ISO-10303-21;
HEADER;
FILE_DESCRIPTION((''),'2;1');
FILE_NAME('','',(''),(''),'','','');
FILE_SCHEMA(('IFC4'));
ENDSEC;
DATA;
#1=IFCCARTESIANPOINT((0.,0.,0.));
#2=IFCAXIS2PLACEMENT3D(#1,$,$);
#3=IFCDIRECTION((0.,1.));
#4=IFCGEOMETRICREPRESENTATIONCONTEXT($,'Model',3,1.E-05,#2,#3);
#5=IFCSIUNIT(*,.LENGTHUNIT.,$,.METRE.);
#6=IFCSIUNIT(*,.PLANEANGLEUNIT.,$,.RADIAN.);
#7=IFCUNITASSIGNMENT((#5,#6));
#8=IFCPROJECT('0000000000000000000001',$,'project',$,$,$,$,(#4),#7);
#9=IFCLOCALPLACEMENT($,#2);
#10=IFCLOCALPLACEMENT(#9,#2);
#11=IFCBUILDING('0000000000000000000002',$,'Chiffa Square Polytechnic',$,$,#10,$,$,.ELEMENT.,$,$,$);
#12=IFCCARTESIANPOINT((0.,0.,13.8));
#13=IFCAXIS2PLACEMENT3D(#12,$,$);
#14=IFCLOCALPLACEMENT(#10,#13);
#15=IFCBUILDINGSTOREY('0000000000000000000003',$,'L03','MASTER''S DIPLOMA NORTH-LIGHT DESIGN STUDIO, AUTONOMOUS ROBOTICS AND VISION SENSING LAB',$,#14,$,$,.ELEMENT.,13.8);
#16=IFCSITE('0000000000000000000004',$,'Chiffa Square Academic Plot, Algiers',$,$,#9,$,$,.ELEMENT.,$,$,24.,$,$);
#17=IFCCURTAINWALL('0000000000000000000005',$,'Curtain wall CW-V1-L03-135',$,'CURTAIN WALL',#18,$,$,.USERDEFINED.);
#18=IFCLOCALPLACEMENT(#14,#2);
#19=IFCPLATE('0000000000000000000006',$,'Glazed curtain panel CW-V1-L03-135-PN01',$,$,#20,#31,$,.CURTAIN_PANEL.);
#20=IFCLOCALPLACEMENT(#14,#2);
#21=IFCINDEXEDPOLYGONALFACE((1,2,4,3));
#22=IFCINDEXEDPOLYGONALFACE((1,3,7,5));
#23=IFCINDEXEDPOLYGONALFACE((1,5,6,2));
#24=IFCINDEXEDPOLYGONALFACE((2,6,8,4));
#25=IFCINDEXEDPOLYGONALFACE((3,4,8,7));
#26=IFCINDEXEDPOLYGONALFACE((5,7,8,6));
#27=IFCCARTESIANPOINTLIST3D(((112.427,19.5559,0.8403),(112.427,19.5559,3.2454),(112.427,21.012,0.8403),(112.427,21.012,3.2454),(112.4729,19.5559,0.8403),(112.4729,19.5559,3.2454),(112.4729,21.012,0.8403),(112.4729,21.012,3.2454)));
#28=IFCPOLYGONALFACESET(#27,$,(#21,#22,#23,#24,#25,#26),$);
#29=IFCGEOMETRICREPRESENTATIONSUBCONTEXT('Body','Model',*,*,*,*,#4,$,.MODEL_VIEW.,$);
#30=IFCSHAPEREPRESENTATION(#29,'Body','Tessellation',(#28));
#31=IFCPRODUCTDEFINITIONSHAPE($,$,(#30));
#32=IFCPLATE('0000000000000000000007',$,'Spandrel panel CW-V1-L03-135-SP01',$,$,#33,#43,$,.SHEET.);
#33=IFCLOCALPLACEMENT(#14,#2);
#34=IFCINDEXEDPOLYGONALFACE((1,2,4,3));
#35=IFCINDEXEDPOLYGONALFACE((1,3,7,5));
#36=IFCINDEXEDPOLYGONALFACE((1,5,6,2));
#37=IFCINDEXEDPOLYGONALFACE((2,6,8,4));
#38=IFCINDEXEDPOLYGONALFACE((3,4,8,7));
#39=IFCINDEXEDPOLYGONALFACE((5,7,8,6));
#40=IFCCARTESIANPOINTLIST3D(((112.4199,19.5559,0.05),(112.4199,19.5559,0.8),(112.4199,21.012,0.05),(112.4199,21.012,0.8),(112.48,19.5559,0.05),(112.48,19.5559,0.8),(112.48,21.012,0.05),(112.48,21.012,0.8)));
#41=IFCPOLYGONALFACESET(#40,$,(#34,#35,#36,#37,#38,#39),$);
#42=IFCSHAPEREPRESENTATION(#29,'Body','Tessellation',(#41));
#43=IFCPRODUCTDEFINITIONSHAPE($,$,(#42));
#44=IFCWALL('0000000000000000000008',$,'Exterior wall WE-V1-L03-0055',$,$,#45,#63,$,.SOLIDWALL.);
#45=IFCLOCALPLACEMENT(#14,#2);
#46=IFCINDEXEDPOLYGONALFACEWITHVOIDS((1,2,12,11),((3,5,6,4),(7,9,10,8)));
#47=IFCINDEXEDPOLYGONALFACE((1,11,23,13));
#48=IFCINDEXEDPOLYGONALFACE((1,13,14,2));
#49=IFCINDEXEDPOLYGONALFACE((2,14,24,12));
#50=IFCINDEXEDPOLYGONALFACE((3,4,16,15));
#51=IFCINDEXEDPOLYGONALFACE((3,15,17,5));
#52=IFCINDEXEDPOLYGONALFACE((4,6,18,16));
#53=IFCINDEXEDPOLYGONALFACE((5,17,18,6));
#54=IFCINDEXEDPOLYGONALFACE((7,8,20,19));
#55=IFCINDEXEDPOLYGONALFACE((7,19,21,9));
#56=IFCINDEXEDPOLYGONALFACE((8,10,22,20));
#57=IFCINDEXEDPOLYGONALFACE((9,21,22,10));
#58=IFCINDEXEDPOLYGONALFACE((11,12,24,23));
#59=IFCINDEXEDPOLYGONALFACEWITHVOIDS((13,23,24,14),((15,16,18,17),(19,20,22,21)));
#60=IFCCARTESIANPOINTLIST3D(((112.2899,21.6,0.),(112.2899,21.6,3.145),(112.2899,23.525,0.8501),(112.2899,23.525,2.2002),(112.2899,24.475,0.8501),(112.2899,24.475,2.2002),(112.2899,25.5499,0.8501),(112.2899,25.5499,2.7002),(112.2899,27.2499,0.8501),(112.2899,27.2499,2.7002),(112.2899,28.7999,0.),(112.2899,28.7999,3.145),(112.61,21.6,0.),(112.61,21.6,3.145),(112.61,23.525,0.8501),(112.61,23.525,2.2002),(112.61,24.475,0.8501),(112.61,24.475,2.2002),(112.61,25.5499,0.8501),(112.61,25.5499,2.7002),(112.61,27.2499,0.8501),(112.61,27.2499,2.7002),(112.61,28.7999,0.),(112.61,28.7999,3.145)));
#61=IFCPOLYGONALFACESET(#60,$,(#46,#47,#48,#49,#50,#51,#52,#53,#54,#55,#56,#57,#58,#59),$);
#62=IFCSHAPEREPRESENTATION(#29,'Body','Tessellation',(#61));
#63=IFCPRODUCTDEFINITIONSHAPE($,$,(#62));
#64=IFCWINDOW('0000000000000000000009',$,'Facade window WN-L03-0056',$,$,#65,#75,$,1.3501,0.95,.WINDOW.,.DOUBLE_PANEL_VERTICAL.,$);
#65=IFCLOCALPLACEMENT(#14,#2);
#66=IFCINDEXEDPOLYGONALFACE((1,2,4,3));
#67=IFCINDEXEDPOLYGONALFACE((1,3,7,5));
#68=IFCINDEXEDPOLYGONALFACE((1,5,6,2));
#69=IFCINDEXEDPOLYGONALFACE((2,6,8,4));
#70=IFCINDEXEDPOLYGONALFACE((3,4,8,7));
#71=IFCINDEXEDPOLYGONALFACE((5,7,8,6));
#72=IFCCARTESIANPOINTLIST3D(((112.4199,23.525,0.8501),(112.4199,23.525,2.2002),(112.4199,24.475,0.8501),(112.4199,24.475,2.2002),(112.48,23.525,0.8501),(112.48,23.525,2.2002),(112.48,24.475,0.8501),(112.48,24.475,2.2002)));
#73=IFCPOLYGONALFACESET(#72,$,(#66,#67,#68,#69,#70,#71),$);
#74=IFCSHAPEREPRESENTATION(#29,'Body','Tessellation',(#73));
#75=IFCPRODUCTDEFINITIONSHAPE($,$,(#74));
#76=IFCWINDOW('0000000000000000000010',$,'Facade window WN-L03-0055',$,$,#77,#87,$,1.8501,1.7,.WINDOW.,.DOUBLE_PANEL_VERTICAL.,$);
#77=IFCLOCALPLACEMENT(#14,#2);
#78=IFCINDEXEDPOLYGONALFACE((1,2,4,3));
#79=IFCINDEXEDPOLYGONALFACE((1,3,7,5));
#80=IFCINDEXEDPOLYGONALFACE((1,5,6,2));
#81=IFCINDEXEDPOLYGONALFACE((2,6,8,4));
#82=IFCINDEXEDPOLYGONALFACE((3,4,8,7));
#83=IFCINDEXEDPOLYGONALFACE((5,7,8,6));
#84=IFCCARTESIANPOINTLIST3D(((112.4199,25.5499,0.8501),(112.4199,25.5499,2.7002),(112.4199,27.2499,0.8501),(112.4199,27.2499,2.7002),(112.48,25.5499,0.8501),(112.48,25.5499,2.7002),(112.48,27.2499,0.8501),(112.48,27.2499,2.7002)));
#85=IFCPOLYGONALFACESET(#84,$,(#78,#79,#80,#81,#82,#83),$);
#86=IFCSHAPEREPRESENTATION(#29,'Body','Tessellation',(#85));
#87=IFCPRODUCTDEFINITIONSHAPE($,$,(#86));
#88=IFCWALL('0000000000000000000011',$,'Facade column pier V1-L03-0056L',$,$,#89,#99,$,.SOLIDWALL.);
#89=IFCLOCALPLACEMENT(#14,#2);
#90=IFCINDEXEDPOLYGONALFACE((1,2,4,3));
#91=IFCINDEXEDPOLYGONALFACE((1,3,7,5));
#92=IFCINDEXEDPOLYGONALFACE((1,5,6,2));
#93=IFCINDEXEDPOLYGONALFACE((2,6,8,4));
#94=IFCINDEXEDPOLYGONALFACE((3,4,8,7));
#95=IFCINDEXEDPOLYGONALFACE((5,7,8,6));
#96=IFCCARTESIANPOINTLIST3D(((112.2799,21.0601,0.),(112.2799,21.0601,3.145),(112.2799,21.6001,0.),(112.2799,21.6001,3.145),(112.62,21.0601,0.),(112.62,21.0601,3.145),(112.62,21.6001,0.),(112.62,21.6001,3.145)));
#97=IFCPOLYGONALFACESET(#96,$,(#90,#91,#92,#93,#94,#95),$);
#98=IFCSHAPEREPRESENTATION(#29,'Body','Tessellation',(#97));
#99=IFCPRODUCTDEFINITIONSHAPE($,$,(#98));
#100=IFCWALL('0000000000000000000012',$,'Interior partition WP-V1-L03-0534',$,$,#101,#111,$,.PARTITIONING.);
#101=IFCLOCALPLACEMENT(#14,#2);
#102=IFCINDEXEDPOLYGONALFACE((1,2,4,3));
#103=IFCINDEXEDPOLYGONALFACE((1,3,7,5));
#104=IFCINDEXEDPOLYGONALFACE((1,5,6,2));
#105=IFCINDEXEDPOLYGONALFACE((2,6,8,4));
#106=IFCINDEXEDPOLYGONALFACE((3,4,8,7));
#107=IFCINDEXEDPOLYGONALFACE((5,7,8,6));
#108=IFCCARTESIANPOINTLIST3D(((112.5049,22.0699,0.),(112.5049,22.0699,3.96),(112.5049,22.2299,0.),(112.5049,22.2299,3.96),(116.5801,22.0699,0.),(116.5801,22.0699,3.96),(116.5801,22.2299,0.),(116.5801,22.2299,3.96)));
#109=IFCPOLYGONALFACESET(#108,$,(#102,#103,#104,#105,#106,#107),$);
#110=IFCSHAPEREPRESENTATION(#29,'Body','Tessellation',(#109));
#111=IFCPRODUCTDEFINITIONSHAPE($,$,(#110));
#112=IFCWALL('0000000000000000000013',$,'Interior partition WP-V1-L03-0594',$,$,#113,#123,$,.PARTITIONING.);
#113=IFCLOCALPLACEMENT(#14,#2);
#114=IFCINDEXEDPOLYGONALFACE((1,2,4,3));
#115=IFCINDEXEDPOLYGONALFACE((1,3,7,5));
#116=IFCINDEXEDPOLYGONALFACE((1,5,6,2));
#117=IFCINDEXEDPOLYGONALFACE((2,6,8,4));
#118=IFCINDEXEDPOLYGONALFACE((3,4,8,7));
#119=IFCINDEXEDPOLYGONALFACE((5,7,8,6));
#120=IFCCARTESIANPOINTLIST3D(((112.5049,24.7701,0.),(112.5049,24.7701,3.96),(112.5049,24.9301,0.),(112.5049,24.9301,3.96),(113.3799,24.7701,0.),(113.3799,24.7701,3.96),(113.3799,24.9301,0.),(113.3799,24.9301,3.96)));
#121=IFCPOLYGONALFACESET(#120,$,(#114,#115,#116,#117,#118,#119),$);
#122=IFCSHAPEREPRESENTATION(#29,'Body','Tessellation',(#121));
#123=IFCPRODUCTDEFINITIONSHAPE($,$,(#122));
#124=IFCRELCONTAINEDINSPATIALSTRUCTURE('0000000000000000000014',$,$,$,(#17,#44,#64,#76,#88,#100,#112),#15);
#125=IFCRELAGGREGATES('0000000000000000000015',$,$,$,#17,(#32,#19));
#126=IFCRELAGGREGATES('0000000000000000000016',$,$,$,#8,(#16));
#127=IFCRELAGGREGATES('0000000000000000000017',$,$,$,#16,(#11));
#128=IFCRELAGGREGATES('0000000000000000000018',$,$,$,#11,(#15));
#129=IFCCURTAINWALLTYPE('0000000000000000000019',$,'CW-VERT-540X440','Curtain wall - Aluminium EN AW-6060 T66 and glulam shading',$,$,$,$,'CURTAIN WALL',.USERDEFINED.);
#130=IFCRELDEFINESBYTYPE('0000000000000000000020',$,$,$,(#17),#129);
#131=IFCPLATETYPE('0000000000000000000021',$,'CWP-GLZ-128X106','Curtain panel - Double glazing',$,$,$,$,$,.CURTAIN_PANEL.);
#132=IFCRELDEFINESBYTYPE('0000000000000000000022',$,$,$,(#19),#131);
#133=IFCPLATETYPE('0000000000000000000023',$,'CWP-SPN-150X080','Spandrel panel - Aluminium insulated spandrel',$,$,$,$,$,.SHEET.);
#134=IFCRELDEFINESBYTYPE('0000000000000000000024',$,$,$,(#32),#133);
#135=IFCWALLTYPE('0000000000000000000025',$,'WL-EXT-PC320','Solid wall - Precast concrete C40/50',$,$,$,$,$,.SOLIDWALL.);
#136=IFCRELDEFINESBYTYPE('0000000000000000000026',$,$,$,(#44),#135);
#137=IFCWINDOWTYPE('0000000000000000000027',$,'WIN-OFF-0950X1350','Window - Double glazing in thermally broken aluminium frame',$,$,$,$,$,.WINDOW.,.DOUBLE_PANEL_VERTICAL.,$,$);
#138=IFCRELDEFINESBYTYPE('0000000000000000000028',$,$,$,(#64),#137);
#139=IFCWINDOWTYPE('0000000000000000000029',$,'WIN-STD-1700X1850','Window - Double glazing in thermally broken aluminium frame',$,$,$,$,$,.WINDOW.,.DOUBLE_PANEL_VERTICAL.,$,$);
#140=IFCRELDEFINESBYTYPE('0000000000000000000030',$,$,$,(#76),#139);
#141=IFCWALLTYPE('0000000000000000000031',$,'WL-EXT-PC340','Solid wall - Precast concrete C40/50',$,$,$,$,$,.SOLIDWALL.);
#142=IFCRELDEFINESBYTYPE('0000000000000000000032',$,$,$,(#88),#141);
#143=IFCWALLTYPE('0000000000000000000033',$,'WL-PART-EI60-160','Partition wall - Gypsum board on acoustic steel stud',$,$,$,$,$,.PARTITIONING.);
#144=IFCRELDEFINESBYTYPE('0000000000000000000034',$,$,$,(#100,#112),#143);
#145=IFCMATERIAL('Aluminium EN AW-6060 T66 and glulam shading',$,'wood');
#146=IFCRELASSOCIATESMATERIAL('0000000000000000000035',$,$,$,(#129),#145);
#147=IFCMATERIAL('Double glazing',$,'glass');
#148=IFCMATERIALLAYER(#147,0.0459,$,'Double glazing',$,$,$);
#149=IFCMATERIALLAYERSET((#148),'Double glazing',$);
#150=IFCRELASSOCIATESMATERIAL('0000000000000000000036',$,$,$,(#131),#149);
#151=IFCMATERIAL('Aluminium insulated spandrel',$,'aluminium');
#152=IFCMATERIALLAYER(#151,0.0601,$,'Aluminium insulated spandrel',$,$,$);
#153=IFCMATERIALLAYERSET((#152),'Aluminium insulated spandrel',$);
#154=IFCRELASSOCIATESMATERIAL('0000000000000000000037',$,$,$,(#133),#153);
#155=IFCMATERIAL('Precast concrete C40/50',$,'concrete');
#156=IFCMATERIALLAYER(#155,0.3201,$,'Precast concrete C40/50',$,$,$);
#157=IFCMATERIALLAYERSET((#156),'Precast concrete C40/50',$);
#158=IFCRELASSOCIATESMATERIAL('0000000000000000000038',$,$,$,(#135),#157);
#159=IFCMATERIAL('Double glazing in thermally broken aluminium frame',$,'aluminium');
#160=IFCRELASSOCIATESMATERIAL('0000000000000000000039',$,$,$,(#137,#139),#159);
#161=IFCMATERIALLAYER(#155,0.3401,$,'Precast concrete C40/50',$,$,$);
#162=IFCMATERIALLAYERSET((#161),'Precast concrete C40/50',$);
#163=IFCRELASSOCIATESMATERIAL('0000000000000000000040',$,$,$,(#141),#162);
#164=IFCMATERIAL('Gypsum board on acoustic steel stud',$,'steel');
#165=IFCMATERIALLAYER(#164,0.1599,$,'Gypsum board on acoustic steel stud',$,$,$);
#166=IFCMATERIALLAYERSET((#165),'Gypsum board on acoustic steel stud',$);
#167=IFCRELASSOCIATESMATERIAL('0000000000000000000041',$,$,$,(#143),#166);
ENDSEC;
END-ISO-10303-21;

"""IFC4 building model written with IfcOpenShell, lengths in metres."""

from ifc_helpers import new_model, si_unit, direction, frame, frame_2d, origin, origin_2d, place, context, subcontext, project, spatial, rectangle, extrude, material, layer, layer_set, type_object, element, fill, aggregate, save


model = new_model("IFC4")

# Units and contexts
model_context = context("Model", 3, precision=1e-05, world=origin(), true_north=direction((0.0, 1.0)))
body_context = subcontext(model_context, "Body", "Model", "MODEL_VIEW")
ifc_project = project(units=[si_unit("LENGTHUNIT", "METRE"), si_unit("PLANEANGLEUNIT", "RADIAN")], contexts=[model_context])

# Site, building, storey
site_placement = place(None, origin())
site = spatial("IfcSite", under=ifc_project, at=site_placement, Name="Chiffa Square Academic Plot, Algiers", CompositionType="ELEMENT", RefElevation=24.0)
building_placement = place(site_placement, origin())
building = spatial("IfcBuilding", under=site, at=building_placement, Name="Chiffa Square Polytechnic", CompositionType="ELEMENT")
storey_placement = place(building_placement, frame((0.0, 0.0, 13.8)))
storey = spatial("IfcBuildingStorey", under=building, at=storey_placement, Name="L03", Description="MASTER'S DIPLOMA NORTH-LIGHT DESIGN STUDIO, AUTONOMOUS ROBOTICS AND VISION SENSING LAB", CompositionType="ELEMENT", Elevation=13.8)

# Curtain wall, plates
ifc_material_1 = material(Name="Aluminium EN AW-6060 T66 and glulam shading", Category="wood")
curtain_wall_type = type_object("IfcCurtainWallType", Name="CW-VERT-540X440", Description="Curtain wall - Aluminium EN AW-6060 T66 and glulam shading", ElementType="CURTAIN WALL", PredefinedType="USERDEFINED", material=ifc_material_1)
curtain_wall_placement = place(storey_placement, origin())
curtain_wall = element("IfcCurtainWall", 1, at=curtain_wall_placement, inside=storey, type_object=curtain_wall_type, Name="Curtain wall CW-V1-L03-135", ObjectType="CURTAIN WALL", PredefinedType="USERDEFINED")
ifc_material_2 = material(Name="Double glazing", Category="glass")
ifc_layer_1 = layer(ifc_material_2, 0.0459, Name="Double glazing")
ifc_layer_set_1 = layer_set([ifc_layer_1], Name="Double glazing")
plate_type_1 = type_object("IfcPlateType", Name="CWP-GLZ-128X106", Description="Curtain panel - Double glazing", PredefinedType="CURTAIN_PANEL", material=ifc_layer_set_1)
plate_1_placement = place(storey_placement, frame((112.45, 20.2839, 0.8403), z_axis=(0.0, 0.0, 1.0), x_axis=(0.0, -1.0, 0.0)))
plate_1 = element("IfcPlate", 2, at=plate_1_placement, type_object=plate_type_1, Name="Glazed curtain panel CW-V1-L03-135-PN01", PredefinedType="CURTAIN_PANEL", context=body_context, shape_type="SweptSolid", body=[
    extrude(rectangle(XDim=1.4561, YDim=0.0459, at=origin_2d()), origin(), (0.0, 0.0, 1.0), 2.405),
])
ifc_material_3 = material(Name="Aluminium insulated spandrel", Category="aluminium")
ifc_layer_2 = layer(ifc_material_3, 0.0601, Name="Aluminium insulated spandrel")
ifc_layer_set_2 = layer_set([ifc_layer_2], Name="Aluminium insulated spandrel")
plate_type_2 = type_object("IfcPlateType", Name="CWP-SPN-150X080", Description="Spandrel panel - Aluminium insulated spandrel", PredefinedType="SHEET", material=ifc_layer_set_2)
plate_2_placement = place(storey_placement, frame((112.45, 20.2839, 0.05), z_axis=(0.0, 0.0, 1.0), x_axis=(0.0, -1.0, 0.0)))
plate_2 = element("IfcPlate", 3, at=plate_2_placement, type_object=plate_type_2, Name="Spandrel panel CW-V1-L03-135-SP01", PredefinedType="SHEET", context=body_context, shape_type="SweptSolid", body=[
    extrude(rectangle(XDim=1.4561, YDim=0.0601, at=origin_2d()), origin(), (0.0, 0.0, 1.0), 0.75),
])
aggregate(curtain_wall, [plate_2, plate_1])

# Wall, openings, windows
ifc_material_4 = material(Name="Precast concrete C40/50", Category="concrete")
ifc_layer_3 = layer(ifc_material_4, 0.3201, Name="Precast concrete C40/50")
ifc_layer_set_3 = layer_set([ifc_layer_3], Name="Precast concrete C40/50")
wall_type_1 = type_object("IfcWallType", Name="WL-EXT-PC320", Description="Solid wall - Precast concrete C40/50", PredefinedType="SOLIDWALL", material=ifc_layer_set_3)
wall_1_placement = place(storey_placement, frame((112.45, 28.8, 0.0), z_axis=(0.0, 0.0, 1.0), x_axis=(0.0, -1.0, 0.0)))
wall_1 = element("IfcWall", 4, at=wall_1_placement, inside=storey, type_object=wall_type_1, Name="Exterior wall WE-V1-L03-0055", PredefinedType="SOLIDWALL", context=body_context, shape_type="SweptSolid", body=[
    extrude(rectangle(XDim=7.2, YDim=0.3201, at=frame_2d((3.6001, 0.0))), origin(), (0.0, 0.0, 1.0), 3.145),
])
opening_1_placement = place(wall_1_placement, frame((1.55, 0.0, 0.8501)))
opening_1 = element("IfcOpeningElement", 5, at=opening_1_placement, cuts=wall_1, PredefinedType="OPENING", context=body_context, shape_type="SweptSolid", body=[
    extrude(rectangle(XDim=1.7, YDim=1.8501, at=frame_2d((0.8501, 0.925))), frame((0.0, 0.1699, 0.0), z_axis=(0.0, -1.0, 0.0), x_axis=(1.0, 0.0, 0.0)), (0.0, 0.0, 1.0), 0.3401),
])
opening_2_placement = place(wall_1_placement, frame((4.325, 0.0, 0.8501)))
opening_2 = element("IfcOpeningElement", 6, at=opening_2_placement, cuts=wall_1, PredefinedType="OPENING", context=body_context, shape_type="SweptSolid", body=[
    extrude(rectangle(XDim=0.95, YDim=1.3501, at=frame_2d((0.4751, 0.675))), frame((0.0, 0.1699, 0.0), z_axis=(0.0, -1.0, 0.0), x_axis=(1.0, 0.0, 0.0)), (0.0, 0.0, 1.0), 0.3401),
])
ifc_material_5 = material(Name="Double glazing in thermally broken aluminium frame", Category="aluminium")
window_type_1 = type_object("IfcWindowType", Name="WIN-OFF-0950X1350", Description="Window - Double glazing in thermally broken aluminium frame", PartitioningType="DOUBLE_PANEL_VERTICAL", PredefinedType="WINDOW", material=ifc_material_5)
window_1_placement = place(opening_2_placement, origin())
window_1 = element("IfcWindow", 7, at=window_1_placement, inside=storey, type_object=window_type_1, Name="Facade window WN-L03-0056", OverallHeight=1.3501, OverallWidth=0.95, PartitioningType="DOUBLE_PANEL_VERTICAL", PredefinedType="WINDOW", context=body_context, shape_type="SweptSolid", body=[
    extrude(rectangle(XDim=0.95, YDim=1.3501, at=frame_2d((0.4751, 0.675))), frame((0.0, 0.03, 0.0), z_axis=(0.0, -1.0, 0.0), x_axis=(1.0, 0.0, 0.0)), (0.0, 0.0, 1.0), 0.0601),
])
fill(opening_2, window_1)
window_type_2 = type_object("IfcWindowType", Name="WIN-STD-1700X1850", Description="Window - Double glazing in thermally broken aluminium frame", PartitioningType="DOUBLE_PANEL_VERTICAL", PredefinedType="WINDOW", material=ifc_material_5)
window_2_placement = place(opening_1_placement, origin())
window_2 = element("IfcWindow", 8, at=window_2_placement, inside=storey, type_object=window_type_2, Name="Facade window WN-L03-0055", OverallHeight=1.8501, OverallWidth=1.7, PartitioningType="DOUBLE_PANEL_VERTICAL", PredefinedType="WINDOW", context=body_context, shape_type="SweptSolid", body=[
    extrude(rectangle(XDim=1.7, YDim=1.8501, at=frame_2d((0.8501, 0.925))), frame((0.0, 0.03, 0.0), z_axis=(0.0, -1.0, 0.0), x_axis=(1.0, 0.0, 0.0)), (0.0, 0.0, 1.0), 0.0601),
])
fill(opening_1, window_2)

# Walls
ifc_layer_4 = layer(ifc_material_4, 0.3401, Name="Precast concrete C40/50")
ifc_layer_set_4 = layer_set([ifc_layer_4], Name="Precast concrete C40/50")
wall_type_2 = type_object("IfcWallType", Name="WL-EXT-PC340", Description="Solid wall - Precast concrete C40/50", PredefinedType="SOLIDWALL", material=ifc_layer_set_4)
wall_2_placement = place(storey_placement, frame((112.45, 21.6001, 0.0), z_axis=(0.0, 0.0, 1.0), x_axis=(0.0, -1.0, 0.0)))
element("IfcWall", 9, at=wall_2_placement, inside=storey, type_object=wall_type_2, Name="Facade column pier V1-L03-0056L", PredefinedType="SOLIDWALL", context=body_context, shape_type="SweptSolid", body=[
    extrude(rectangle(XDim=0.54, YDim=0.3401, at=frame_2d((0.27, 0.0))), origin(), (0.0, 0.0, 1.0), 3.145),
])
ifc_material_6 = material(Name="Gypsum board on acoustic steel stud", Category="steel")
ifc_layer_5 = layer(ifc_material_6, 0.1599, Name="Gypsum board on acoustic steel stud")
ifc_layer_set_5 = layer_set([ifc_layer_5], Name="Gypsum board on acoustic steel stud")
wall_type_3 = type_object("IfcWallType", Name="WL-PART-EI60-160", Description="Partition wall - Gypsum board on acoustic steel stud", PredefinedType="PARTITIONING", material=ifc_layer_set_5)
wall_3_placement = place(storey_placement, frame((112.5049, 22.1499, 0.0), z_axis=(0.0, 0.0, 1.0), x_axis=(1.0, 0.0, 0.0)))
element("IfcWall", 10, at=wall_3_placement, inside=storey, type_object=wall_type_3, Name="Interior partition WP-V1-L03-0534", PredefinedType="PARTITIONING", context=body_context, shape_type="SweptSolid", body=[
    extrude(rectangle(XDim=4.0752, YDim=0.1599, at=frame_2d((2.0376, 0.0))), origin(), (0.0, 0.0, 1.0), 3.96),
])
wall_4_placement = place(storey_placement, frame((112.5049, 24.8501, 0.0), z_axis=(0.0, 0.0, 1.0), x_axis=(1.0, 0.0, 0.0)))
element("IfcWall", 11, at=wall_4_placement, inside=storey, type_object=wall_type_3, Name="Interior partition WP-V1-L03-0594", PredefinedType="PARTITIONING", context=body_context, shape_type="SweptSolid", body=[
    extrude(rectangle(XDim=0.875, YDim=0.1599, at=frame_2d((0.4375, 0.0))), origin(), (0.0, 0.0, 1.0), 3.96),
])

save(model, "model.ifc")
